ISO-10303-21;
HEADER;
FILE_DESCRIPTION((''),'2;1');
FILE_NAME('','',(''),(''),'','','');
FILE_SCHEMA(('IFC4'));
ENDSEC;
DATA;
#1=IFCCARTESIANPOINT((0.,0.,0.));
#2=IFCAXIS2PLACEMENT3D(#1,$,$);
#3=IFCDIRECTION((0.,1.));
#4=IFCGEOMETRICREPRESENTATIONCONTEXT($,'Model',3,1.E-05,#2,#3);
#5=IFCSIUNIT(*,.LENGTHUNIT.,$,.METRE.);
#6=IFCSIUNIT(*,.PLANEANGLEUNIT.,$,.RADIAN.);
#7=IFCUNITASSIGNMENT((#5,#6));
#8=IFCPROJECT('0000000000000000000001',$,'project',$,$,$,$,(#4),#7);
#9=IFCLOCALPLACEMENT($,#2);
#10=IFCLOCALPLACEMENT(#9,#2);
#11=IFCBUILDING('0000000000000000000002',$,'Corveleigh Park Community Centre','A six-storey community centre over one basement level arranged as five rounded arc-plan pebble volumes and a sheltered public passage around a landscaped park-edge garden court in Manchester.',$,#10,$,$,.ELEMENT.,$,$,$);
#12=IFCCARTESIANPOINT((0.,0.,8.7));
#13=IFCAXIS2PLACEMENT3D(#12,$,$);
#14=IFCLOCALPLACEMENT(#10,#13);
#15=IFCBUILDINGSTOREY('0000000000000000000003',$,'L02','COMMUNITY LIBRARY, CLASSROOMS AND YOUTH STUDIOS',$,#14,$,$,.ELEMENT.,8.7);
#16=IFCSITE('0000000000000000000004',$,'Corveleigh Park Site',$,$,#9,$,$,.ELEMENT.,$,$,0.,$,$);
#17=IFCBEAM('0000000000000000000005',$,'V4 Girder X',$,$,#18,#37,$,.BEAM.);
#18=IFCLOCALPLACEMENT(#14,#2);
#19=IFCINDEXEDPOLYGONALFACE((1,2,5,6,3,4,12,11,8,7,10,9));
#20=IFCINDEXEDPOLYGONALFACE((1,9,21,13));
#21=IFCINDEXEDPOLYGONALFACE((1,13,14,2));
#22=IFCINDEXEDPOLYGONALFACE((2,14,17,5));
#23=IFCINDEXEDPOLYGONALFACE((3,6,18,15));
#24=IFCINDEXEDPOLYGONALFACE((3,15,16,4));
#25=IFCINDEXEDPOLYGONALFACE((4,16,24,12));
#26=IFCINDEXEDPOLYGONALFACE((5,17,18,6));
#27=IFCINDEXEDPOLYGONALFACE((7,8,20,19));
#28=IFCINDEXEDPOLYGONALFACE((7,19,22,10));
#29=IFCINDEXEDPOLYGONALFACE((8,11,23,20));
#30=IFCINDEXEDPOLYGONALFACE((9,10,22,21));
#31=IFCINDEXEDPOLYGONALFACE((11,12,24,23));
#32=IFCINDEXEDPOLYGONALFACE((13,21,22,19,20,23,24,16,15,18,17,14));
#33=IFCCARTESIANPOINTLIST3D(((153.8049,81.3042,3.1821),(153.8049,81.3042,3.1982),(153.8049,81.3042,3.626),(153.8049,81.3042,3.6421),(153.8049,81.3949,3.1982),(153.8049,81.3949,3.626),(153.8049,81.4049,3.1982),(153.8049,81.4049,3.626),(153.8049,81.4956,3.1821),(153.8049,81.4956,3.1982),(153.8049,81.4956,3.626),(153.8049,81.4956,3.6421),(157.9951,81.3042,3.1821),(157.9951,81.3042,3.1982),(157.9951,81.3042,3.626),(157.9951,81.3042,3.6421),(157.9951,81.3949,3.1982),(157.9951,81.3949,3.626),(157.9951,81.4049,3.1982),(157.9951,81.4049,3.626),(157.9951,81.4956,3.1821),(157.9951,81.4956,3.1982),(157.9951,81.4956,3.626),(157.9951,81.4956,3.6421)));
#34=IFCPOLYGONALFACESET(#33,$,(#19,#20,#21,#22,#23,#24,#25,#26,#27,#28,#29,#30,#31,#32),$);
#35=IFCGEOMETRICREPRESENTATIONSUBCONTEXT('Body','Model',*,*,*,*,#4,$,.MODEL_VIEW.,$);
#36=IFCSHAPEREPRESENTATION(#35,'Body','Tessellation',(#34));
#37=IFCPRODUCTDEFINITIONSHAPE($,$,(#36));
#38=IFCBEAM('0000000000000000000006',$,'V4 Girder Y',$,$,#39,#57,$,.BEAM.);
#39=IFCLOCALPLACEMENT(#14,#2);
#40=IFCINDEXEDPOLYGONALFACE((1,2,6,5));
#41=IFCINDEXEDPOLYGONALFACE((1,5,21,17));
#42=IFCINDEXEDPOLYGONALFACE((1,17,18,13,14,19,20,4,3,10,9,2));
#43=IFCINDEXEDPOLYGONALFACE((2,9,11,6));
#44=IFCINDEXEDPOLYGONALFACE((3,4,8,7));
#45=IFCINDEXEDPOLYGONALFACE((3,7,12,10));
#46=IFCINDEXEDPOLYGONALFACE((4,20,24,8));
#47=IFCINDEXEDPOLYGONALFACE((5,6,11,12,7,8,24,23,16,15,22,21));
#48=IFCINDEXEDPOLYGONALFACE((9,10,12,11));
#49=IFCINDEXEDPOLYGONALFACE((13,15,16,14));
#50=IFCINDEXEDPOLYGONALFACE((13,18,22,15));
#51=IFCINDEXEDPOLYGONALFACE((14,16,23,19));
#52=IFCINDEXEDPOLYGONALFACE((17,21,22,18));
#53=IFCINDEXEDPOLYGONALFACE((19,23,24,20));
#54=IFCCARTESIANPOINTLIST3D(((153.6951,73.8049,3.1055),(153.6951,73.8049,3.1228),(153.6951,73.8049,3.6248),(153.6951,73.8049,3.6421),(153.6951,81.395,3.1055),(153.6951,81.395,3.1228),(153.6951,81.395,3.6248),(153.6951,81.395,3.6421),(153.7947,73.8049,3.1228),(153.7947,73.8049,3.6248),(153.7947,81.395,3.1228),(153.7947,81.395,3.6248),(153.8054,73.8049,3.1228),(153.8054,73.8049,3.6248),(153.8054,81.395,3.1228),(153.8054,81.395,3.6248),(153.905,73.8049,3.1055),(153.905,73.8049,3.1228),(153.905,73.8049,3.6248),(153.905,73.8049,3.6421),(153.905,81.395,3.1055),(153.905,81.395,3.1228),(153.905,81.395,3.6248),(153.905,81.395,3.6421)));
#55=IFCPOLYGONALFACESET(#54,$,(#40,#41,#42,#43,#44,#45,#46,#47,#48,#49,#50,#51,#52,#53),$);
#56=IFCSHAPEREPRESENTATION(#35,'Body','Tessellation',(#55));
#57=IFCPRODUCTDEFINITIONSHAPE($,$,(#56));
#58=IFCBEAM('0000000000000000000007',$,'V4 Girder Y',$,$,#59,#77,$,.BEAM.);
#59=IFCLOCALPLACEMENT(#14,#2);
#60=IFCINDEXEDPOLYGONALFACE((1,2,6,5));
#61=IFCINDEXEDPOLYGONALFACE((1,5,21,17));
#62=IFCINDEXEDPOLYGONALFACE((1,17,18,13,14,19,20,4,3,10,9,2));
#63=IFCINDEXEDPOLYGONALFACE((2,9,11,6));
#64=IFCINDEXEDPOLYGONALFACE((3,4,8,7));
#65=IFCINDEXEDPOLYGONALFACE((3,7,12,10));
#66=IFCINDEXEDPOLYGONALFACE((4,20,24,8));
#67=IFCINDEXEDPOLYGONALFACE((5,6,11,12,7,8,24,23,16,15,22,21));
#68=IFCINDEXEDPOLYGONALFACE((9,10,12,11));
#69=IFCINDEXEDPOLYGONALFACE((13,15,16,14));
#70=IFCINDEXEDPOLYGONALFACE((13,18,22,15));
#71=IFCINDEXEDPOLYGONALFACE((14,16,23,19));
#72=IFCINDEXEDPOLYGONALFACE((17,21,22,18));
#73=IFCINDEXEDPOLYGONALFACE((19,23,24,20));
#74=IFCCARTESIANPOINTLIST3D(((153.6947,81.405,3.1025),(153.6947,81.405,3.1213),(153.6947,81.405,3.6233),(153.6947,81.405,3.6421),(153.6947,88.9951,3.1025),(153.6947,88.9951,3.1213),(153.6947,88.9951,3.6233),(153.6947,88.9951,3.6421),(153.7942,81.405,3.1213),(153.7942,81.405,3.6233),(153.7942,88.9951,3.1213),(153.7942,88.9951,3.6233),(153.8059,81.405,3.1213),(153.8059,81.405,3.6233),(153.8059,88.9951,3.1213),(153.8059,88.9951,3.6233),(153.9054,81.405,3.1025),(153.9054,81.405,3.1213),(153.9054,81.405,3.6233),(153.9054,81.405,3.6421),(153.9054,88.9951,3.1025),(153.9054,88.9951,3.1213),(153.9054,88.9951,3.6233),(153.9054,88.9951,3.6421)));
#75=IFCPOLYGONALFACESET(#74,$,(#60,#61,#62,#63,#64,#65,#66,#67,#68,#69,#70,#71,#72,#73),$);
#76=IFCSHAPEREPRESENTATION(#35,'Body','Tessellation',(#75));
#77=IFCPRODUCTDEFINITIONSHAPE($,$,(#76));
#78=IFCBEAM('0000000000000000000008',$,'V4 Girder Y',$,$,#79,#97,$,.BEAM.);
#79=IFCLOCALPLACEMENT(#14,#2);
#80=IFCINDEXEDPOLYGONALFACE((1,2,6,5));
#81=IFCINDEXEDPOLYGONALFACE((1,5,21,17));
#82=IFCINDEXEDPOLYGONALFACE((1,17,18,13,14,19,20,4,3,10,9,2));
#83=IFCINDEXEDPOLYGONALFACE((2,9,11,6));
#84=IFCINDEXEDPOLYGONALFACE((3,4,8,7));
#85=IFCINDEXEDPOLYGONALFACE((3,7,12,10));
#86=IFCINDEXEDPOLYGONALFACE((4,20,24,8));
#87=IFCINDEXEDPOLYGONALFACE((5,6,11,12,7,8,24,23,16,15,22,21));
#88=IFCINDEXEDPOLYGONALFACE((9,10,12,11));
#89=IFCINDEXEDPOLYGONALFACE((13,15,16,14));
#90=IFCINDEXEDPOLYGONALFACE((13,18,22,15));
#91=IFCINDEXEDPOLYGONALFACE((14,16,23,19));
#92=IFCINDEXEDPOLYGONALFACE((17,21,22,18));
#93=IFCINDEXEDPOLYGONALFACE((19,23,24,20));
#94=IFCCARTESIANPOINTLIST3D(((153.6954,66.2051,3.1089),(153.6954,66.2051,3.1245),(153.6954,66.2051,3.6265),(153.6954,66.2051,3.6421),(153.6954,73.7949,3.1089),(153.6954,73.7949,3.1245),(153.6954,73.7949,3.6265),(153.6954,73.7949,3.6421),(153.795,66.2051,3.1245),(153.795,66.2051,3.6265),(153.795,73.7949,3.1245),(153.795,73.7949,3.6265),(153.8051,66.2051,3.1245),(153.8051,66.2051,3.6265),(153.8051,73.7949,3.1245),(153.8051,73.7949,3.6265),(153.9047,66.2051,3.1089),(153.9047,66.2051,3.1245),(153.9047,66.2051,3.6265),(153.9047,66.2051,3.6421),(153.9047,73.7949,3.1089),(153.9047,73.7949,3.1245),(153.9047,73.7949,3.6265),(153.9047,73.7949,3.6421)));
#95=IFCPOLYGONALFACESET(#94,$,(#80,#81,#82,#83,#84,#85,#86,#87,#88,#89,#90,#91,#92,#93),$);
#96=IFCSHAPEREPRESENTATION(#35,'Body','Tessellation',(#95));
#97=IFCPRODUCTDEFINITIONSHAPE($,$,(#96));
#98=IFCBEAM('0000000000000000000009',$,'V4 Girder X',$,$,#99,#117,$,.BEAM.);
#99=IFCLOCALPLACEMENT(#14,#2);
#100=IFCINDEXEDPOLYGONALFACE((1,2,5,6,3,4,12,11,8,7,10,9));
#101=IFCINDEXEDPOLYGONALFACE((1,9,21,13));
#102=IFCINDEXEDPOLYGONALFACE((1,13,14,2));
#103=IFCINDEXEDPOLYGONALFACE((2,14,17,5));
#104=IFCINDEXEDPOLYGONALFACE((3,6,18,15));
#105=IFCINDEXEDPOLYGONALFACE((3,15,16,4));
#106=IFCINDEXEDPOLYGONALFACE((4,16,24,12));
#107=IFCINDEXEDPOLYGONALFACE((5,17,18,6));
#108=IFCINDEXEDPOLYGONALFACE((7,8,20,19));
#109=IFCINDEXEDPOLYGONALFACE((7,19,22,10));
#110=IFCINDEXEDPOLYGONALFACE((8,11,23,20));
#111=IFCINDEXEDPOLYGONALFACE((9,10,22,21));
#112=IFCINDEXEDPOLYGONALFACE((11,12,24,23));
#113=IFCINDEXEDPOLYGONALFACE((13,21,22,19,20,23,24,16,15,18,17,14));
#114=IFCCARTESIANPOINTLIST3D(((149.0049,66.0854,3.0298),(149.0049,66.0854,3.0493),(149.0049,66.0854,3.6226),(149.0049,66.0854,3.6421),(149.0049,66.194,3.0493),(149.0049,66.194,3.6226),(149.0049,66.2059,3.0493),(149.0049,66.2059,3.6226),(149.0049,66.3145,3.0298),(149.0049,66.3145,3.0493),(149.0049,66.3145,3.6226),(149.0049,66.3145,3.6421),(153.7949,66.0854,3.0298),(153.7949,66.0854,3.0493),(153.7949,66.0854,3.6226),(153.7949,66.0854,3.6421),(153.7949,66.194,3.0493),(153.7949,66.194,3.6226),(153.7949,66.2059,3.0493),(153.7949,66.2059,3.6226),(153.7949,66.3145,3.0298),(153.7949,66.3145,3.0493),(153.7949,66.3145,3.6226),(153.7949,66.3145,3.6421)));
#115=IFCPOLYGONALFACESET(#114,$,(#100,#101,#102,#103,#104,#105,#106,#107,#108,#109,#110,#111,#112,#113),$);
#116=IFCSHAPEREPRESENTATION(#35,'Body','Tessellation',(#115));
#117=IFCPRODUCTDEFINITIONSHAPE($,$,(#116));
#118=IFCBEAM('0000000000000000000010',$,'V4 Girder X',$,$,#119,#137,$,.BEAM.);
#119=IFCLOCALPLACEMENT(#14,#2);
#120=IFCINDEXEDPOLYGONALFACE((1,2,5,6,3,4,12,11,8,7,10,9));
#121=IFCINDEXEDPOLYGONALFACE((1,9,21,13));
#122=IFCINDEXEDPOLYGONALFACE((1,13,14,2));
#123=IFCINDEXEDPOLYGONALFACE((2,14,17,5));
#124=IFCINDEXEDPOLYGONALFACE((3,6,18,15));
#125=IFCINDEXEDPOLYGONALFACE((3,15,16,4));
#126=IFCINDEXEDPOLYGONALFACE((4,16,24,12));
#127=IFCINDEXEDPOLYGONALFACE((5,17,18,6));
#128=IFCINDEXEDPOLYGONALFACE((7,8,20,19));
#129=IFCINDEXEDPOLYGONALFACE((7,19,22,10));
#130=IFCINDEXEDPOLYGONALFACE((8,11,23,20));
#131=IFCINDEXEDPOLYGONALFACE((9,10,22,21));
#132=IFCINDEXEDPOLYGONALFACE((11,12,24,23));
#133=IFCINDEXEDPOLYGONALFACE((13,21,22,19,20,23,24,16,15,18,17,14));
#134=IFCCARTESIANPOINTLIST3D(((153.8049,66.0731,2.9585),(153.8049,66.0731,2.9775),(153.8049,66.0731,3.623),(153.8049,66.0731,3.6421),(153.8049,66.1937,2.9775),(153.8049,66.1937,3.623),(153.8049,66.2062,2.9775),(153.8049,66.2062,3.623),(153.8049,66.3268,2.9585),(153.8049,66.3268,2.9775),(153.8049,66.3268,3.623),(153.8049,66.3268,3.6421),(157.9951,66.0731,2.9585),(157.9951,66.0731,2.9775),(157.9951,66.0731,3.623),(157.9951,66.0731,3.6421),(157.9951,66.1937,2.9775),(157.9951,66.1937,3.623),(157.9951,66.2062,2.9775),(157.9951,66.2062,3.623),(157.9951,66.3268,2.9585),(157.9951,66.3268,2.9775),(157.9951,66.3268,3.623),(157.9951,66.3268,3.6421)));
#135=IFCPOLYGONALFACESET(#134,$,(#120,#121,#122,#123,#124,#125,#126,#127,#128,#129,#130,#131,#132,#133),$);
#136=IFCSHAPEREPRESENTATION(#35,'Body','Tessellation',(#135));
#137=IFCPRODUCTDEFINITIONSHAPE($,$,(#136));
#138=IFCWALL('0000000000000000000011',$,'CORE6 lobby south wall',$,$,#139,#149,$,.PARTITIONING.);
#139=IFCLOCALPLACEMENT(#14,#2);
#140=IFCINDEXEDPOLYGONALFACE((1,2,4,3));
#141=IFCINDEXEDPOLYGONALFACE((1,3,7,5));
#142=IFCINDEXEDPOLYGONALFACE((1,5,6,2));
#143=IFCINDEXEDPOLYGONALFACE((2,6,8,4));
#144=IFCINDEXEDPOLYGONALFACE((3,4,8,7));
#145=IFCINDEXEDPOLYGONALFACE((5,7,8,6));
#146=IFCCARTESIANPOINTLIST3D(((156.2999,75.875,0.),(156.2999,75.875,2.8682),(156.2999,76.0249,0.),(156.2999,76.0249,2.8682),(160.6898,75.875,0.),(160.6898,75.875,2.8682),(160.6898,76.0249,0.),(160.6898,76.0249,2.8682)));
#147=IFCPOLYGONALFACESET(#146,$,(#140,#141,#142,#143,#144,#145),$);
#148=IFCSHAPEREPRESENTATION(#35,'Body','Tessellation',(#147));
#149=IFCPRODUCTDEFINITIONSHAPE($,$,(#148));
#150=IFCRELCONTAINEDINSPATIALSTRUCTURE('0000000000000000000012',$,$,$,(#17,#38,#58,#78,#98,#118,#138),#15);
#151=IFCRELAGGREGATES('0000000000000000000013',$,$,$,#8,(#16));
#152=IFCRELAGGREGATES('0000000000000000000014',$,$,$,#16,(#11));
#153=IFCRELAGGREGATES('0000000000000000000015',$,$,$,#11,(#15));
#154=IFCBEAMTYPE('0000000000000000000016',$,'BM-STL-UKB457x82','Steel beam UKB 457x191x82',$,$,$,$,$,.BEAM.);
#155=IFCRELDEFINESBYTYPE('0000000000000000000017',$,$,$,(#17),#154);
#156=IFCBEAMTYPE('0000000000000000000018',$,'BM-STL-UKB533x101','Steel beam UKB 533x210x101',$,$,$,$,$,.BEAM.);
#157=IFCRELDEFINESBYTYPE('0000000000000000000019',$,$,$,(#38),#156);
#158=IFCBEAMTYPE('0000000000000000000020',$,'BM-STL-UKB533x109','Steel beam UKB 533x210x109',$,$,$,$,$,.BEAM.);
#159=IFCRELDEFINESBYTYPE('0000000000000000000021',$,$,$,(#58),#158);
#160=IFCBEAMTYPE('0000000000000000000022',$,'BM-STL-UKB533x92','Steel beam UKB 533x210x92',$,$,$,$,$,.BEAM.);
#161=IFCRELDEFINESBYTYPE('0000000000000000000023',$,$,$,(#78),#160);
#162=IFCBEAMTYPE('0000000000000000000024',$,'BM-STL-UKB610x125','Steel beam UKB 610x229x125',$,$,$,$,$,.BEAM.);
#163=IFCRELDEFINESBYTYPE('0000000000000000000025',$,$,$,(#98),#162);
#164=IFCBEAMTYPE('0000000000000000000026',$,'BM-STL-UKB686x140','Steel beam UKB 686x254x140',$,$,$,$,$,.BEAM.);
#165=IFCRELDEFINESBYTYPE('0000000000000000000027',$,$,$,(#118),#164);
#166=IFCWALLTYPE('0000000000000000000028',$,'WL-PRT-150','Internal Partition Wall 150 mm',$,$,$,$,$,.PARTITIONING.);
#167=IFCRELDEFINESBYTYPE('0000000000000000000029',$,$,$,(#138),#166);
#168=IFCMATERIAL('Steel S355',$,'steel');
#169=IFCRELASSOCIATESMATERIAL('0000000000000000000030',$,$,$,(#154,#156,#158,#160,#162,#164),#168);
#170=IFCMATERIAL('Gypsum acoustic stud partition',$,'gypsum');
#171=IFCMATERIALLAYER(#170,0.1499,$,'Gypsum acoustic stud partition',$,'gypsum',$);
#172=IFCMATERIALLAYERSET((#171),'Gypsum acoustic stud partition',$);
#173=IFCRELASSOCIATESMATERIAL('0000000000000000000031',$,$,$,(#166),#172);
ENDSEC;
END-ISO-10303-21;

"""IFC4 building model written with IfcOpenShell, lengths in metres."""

from ifc_helpers import new_model, si_unit, direction, frame, frame_2d, origin, origin_2d, place, context, subcontext, project, spatial, rectangle, i_section, extrude, material, layer, layer_set, material_profile, profile_set, type_object, element, save


model = new_model("IFC4")

# Units and contexts
model_context = context("Model", 3, precision=1e-05, world=origin(), true_north=direction((0.0, 1.0)))
body_context = subcontext(model_context, "Body", "Model", "MODEL_VIEW")
ifc_project = project(units=[si_unit("LENGTHUNIT", "METRE"), si_unit("PLANEANGLEUNIT", "RADIAN")], contexts=[model_context])

# Site, building, storey
site_placement = place(None, origin())
site = spatial("IfcSite", under=ifc_project, at=site_placement, Name="Corveleigh Park Site", CompositionType="ELEMENT", RefElevation=0.0)
building_placement = place(site_placement, origin())
building = spatial("IfcBuilding", under=site, at=building_placement, Name="Corveleigh Park Community Centre", Description="A six-storey community centre over one basement level arranged as five rounded arc-plan pebble volumes and a sheltered public passage around a landscaped park-edge garden court in Manchester.", CompositionType="ELEMENT")
storey_placement = place(building_placement, frame((0.0, 0.0, 8.7)))
storey = spatial("IfcBuildingStorey", under=building, at=storey_placement, Name="L02", Description="COMMUNITY LIBRARY, CLASSROOMS AND YOUTH STUDIOS", CompositionType="ELEMENT", Elevation=8.7)

# Shared definitions
ifc_material_1 = material(Name="Steel S355", Category="steel")

# Beams
ifc_material_profile_1 = material_profile(ifc_material_1, i_section(OverallWidth=0.1914, OverallDepth=0.46, WebThickness=0.01, FlangeThickness=0.0161, at=origin_2d()), Name="UKB 457x191x82", Category="steel")
ifc_profile_set_1 = profile_set([ifc_material_profile_1], Name="Steel S355")
beam_type_1 = type_object("IfcBeamType", Name="BM-STL-UKB457x82", Description="Steel beam UKB 457x191x82", PredefinedType="BEAM", material=ifc_profile_set_1)
beam_1_placement = place(storey_placement, frame((153.8049, 81.3999, 3.4121), z_axis=(1.0, 0.0, 0.0), x_axis=(0.0, 1.0, 0.0)))
element("IfcBeam", 1, at=beam_1_placement, inside=storey, type_object=beam_type_1, Name="V4 Girder X", PredefinedType="BEAM", context=body_context, shape_type="SweptSolid", body=[
    extrude(i_section(OverallWidth=0.1914, OverallDepth=0.46, WebThickness=0.01, FlangeThickness=0.0161, at=origin_2d()), origin(), (0.0, 0.0, 1.0), 4.1902),
])
ifc_material_profile_2 = material_profile(ifc_material_1, i_section(OverallWidth=0.21, OverallDepth=0.5366, WebThickness=0.0107, FlangeThickness=0.0173, at=origin_2d()), Name="UKB 533x210x101", Category="steel")
ifc_profile_set_2 = profile_set([ifc_material_profile_2], Name="Steel S355")
beam_type_2 = type_object("IfcBeamType", Name="BM-STL-UKB533x101", Description="Steel beam UKB 533x210x101", PredefinedType="BEAM", material=ifc_profile_set_2)
beam_2_placement = place(storey_placement, frame((153.8, 73.8049, 3.3738), z_axis=(0.0, 1.0, 0.0), x_axis=(-1.0, 0.0, 0.0)))
element("IfcBeam", 2, at=beam_2_placement, inside=storey, type_object=beam_type_2, Name="V4 Girder Y", PredefinedType="BEAM", context=body_context, shape_type="SweptSolid", body=[
    extrude(i_section(OverallWidth=0.21, OverallDepth=0.5366, WebThickness=0.0107, FlangeThickness=0.0173, at=origin_2d()), origin(), (0.0, 0.0, 1.0), 7.5901),
])
ifc_material_profile_3 = material_profile(ifc_material_1, i_section(OverallWidth=0.2107, OverallDepth=0.5396, WebThickness=0.0117, FlangeThickness=0.0188, at=origin_2d()), Name="UKB 533x210x109", Category="steel")
ifc_profile_set_3 = profile_set([ifc_material_profile_3], Name="Steel S355")
beam_type_3 = type_object("IfcBeamType", Name="BM-STL-UKB533x109", Description="Steel beam UKB 533x210x109", PredefinedType="BEAM", material=ifc_profile_set_3)
beam_3_placement = place(storey_placement, frame((153.8, 81.405, 3.3723), z_axis=(0.0, 1.0, 0.0), x_axis=(-1.0, 0.0, 0.0)))
element("IfcBeam", 3, at=beam_3_placement, inside=storey, type_object=beam_type_3, Name="V4 Girder Y", PredefinedType="BEAM", context=body_context, shape_type="SweptSolid", body=[
    extrude(i_section(OverallWidth=0.2107, OverallDepth=0.5396, WebThickness=0.0117, FlangeThickness=0.0188, at=origin_2d()), origin(), (0.0, 0.0, 1.0), 7.5901),
])
ifc_material_profile_4 = material_profile(ifc_material_1, i_section(OverallWidth=0.2092, OverallDepth=0.5332, WebThickness=0.01, FlangeThickness=0.0156, at=origin_2d()), Name="UKB 533x210x92", Category="steel")
ifc_profile_set_4 = profile_set([ifc_material_profile_4], Name="Steel S355")
beam_type_4 = type_object("IfcBeamType", Name="BM-STL-UKB533x92", Description="Steel beam UKB 533x210x92", PredefinedType="BEAM", material=ifc_profile_set_4)
beam_4_placement = place(storey_placement, frame((153.8, 66.2051, 3.3755), z_axis=(0.0, 1.0, 0.0), x_axis=(-1.0, 0.0, 0.0)))
element("IfcBeam", 4, at=beam_4_placement, inside=storey, type_object=beam_type_4, Name="V4 Girder Y", PredefinedType="BEAM", context=body_context, shape_type="SweptSolid", body=[
    extrude(i_section(OverallWidth=0.2092, OverallDepth=0.5332, WebThickness=0.01, FlangeThickness=0.0156, at=origin_2d()), origin(), (0.0, 0.0, 1.0), 7.5898),
])
ifc_material_profile_5 = material_profile(ifc_material_1, i_section(OverallWidth=0.229, OverallDepth=0.6123, WebThickness=0.012, FlangeThickness=0.0195, at=origin_2d()), Name="UKB 610x229x125", Category="steel")
ifc_profile_set_5 = profile_set([ifc_material_profile_5], Name="Steel S355")
beam_type_5 = type_object("IfcBeamType", Name="BM-STL-UKB610x125", Description="Steel beam UKB 610x229x125", PredefinedType="BEAM", material=ifc_profile_set_5)
beam_5_placement = place(storey_placement, frame((149.0049, 66.2, 3.3359), z_axis=(1.0, 0.0, 0.0), x_axis=(0.0, 1.0, 0.0)))
element("IfcBeam", 5, at=beam_5_placement, inside=storey, type_object=beam_type_5, Name="V4 Girder X", PredefinedType="BEAM", context=body_context, shape_type="SweptSolid", body=[
    extrude(i_section(OverallWidth=0.229, OverallDepth=0.6123, WebThickness=0.012, FlangeThickness=0.0195, at=origin_2d()), origin(), (0.0, 0.0, 1.0), 4.79),
])
ifc_material_profile_6 = material_profile(ifc_material_1, i_section(OverallWidth=0.2537, OverallDepth=0.6836, WebThickness=0.0125, FlangeThickness=0.019, at=origin_2d()), Name="UKB 686x254x140", Category="steel")
ifc_profile_set_6 = profile_set([ifc_material_profile_6], Name="Steel S355")
beam_type_6 = type_object("IfcBeamType", Name="BM-STL-UKB686x140", Description="Steel beam UKB 686x254x140", PredefinedType="BEAM", material=ifc_profile_set_6)
beam_6_placement = place(storey_placement, frame((153.8049, 66.2, 3.3003), z_axis=(1.0, 0.0, 0.0), x_axis=(0.0, 1.0, 0.0)))
element("IfcBeam", 6, at=beam_6_placement, inside=storey, type_object=beam_type_6, Name="V4 Girder X", PredefinedType="BEAM", context=body_context, shape_type="SweptSolid", body=[
    extrude(i_section(OverallWidth=0.2537, OverallDepth=0.6836, WebThickness=0.0125, FlangeThickness=0.019, at=origin_2d()), origin(), (0.0, 0.0, 1.0), 4.1902),
])

# Wall
ifc_material_2 = material(Name="Gypsum acoustic stud partition", Category="gypsum")
ifc_layer_1 = layer(ifc_material_2, 0.1499, Name="Gypsum acoustic stud partition", Category="gypsum")
ifc_layer_set_1 = layer_set([ifc_layer_1], Name="Gypsum acoustic stud partition")
wall_type_1 = type_object("IfcWallType", Name="WL-PRT-150", Description="Internal Partition Wall 150 mm", PredefinedType="PARTITIONING", material=ifc_layer_set_1)
wall_1_placement = place(storey_placement, frame((156.3, 75.95, 0.0), z_axis=(0.0, 0.0, 1.0), x_axis=(1.0, 0.0, 0.0)))
element("IfcWall", 7, at=wall_1_placement, inside=storey, type_object=wall_type_1, Name="CORE6 lobby south wall", PredefinedType="PARTITIONING", context=body_context, shape_type="SweptSolid", body=[
    extrude(rectangle(XDim=4.3899, YDim=0.1499, at=frame_2d((2.1948, 0.0))), origin(), (0.0, 0.0, 1.0), 2.8682),
])

save(model, "model.ifc")
